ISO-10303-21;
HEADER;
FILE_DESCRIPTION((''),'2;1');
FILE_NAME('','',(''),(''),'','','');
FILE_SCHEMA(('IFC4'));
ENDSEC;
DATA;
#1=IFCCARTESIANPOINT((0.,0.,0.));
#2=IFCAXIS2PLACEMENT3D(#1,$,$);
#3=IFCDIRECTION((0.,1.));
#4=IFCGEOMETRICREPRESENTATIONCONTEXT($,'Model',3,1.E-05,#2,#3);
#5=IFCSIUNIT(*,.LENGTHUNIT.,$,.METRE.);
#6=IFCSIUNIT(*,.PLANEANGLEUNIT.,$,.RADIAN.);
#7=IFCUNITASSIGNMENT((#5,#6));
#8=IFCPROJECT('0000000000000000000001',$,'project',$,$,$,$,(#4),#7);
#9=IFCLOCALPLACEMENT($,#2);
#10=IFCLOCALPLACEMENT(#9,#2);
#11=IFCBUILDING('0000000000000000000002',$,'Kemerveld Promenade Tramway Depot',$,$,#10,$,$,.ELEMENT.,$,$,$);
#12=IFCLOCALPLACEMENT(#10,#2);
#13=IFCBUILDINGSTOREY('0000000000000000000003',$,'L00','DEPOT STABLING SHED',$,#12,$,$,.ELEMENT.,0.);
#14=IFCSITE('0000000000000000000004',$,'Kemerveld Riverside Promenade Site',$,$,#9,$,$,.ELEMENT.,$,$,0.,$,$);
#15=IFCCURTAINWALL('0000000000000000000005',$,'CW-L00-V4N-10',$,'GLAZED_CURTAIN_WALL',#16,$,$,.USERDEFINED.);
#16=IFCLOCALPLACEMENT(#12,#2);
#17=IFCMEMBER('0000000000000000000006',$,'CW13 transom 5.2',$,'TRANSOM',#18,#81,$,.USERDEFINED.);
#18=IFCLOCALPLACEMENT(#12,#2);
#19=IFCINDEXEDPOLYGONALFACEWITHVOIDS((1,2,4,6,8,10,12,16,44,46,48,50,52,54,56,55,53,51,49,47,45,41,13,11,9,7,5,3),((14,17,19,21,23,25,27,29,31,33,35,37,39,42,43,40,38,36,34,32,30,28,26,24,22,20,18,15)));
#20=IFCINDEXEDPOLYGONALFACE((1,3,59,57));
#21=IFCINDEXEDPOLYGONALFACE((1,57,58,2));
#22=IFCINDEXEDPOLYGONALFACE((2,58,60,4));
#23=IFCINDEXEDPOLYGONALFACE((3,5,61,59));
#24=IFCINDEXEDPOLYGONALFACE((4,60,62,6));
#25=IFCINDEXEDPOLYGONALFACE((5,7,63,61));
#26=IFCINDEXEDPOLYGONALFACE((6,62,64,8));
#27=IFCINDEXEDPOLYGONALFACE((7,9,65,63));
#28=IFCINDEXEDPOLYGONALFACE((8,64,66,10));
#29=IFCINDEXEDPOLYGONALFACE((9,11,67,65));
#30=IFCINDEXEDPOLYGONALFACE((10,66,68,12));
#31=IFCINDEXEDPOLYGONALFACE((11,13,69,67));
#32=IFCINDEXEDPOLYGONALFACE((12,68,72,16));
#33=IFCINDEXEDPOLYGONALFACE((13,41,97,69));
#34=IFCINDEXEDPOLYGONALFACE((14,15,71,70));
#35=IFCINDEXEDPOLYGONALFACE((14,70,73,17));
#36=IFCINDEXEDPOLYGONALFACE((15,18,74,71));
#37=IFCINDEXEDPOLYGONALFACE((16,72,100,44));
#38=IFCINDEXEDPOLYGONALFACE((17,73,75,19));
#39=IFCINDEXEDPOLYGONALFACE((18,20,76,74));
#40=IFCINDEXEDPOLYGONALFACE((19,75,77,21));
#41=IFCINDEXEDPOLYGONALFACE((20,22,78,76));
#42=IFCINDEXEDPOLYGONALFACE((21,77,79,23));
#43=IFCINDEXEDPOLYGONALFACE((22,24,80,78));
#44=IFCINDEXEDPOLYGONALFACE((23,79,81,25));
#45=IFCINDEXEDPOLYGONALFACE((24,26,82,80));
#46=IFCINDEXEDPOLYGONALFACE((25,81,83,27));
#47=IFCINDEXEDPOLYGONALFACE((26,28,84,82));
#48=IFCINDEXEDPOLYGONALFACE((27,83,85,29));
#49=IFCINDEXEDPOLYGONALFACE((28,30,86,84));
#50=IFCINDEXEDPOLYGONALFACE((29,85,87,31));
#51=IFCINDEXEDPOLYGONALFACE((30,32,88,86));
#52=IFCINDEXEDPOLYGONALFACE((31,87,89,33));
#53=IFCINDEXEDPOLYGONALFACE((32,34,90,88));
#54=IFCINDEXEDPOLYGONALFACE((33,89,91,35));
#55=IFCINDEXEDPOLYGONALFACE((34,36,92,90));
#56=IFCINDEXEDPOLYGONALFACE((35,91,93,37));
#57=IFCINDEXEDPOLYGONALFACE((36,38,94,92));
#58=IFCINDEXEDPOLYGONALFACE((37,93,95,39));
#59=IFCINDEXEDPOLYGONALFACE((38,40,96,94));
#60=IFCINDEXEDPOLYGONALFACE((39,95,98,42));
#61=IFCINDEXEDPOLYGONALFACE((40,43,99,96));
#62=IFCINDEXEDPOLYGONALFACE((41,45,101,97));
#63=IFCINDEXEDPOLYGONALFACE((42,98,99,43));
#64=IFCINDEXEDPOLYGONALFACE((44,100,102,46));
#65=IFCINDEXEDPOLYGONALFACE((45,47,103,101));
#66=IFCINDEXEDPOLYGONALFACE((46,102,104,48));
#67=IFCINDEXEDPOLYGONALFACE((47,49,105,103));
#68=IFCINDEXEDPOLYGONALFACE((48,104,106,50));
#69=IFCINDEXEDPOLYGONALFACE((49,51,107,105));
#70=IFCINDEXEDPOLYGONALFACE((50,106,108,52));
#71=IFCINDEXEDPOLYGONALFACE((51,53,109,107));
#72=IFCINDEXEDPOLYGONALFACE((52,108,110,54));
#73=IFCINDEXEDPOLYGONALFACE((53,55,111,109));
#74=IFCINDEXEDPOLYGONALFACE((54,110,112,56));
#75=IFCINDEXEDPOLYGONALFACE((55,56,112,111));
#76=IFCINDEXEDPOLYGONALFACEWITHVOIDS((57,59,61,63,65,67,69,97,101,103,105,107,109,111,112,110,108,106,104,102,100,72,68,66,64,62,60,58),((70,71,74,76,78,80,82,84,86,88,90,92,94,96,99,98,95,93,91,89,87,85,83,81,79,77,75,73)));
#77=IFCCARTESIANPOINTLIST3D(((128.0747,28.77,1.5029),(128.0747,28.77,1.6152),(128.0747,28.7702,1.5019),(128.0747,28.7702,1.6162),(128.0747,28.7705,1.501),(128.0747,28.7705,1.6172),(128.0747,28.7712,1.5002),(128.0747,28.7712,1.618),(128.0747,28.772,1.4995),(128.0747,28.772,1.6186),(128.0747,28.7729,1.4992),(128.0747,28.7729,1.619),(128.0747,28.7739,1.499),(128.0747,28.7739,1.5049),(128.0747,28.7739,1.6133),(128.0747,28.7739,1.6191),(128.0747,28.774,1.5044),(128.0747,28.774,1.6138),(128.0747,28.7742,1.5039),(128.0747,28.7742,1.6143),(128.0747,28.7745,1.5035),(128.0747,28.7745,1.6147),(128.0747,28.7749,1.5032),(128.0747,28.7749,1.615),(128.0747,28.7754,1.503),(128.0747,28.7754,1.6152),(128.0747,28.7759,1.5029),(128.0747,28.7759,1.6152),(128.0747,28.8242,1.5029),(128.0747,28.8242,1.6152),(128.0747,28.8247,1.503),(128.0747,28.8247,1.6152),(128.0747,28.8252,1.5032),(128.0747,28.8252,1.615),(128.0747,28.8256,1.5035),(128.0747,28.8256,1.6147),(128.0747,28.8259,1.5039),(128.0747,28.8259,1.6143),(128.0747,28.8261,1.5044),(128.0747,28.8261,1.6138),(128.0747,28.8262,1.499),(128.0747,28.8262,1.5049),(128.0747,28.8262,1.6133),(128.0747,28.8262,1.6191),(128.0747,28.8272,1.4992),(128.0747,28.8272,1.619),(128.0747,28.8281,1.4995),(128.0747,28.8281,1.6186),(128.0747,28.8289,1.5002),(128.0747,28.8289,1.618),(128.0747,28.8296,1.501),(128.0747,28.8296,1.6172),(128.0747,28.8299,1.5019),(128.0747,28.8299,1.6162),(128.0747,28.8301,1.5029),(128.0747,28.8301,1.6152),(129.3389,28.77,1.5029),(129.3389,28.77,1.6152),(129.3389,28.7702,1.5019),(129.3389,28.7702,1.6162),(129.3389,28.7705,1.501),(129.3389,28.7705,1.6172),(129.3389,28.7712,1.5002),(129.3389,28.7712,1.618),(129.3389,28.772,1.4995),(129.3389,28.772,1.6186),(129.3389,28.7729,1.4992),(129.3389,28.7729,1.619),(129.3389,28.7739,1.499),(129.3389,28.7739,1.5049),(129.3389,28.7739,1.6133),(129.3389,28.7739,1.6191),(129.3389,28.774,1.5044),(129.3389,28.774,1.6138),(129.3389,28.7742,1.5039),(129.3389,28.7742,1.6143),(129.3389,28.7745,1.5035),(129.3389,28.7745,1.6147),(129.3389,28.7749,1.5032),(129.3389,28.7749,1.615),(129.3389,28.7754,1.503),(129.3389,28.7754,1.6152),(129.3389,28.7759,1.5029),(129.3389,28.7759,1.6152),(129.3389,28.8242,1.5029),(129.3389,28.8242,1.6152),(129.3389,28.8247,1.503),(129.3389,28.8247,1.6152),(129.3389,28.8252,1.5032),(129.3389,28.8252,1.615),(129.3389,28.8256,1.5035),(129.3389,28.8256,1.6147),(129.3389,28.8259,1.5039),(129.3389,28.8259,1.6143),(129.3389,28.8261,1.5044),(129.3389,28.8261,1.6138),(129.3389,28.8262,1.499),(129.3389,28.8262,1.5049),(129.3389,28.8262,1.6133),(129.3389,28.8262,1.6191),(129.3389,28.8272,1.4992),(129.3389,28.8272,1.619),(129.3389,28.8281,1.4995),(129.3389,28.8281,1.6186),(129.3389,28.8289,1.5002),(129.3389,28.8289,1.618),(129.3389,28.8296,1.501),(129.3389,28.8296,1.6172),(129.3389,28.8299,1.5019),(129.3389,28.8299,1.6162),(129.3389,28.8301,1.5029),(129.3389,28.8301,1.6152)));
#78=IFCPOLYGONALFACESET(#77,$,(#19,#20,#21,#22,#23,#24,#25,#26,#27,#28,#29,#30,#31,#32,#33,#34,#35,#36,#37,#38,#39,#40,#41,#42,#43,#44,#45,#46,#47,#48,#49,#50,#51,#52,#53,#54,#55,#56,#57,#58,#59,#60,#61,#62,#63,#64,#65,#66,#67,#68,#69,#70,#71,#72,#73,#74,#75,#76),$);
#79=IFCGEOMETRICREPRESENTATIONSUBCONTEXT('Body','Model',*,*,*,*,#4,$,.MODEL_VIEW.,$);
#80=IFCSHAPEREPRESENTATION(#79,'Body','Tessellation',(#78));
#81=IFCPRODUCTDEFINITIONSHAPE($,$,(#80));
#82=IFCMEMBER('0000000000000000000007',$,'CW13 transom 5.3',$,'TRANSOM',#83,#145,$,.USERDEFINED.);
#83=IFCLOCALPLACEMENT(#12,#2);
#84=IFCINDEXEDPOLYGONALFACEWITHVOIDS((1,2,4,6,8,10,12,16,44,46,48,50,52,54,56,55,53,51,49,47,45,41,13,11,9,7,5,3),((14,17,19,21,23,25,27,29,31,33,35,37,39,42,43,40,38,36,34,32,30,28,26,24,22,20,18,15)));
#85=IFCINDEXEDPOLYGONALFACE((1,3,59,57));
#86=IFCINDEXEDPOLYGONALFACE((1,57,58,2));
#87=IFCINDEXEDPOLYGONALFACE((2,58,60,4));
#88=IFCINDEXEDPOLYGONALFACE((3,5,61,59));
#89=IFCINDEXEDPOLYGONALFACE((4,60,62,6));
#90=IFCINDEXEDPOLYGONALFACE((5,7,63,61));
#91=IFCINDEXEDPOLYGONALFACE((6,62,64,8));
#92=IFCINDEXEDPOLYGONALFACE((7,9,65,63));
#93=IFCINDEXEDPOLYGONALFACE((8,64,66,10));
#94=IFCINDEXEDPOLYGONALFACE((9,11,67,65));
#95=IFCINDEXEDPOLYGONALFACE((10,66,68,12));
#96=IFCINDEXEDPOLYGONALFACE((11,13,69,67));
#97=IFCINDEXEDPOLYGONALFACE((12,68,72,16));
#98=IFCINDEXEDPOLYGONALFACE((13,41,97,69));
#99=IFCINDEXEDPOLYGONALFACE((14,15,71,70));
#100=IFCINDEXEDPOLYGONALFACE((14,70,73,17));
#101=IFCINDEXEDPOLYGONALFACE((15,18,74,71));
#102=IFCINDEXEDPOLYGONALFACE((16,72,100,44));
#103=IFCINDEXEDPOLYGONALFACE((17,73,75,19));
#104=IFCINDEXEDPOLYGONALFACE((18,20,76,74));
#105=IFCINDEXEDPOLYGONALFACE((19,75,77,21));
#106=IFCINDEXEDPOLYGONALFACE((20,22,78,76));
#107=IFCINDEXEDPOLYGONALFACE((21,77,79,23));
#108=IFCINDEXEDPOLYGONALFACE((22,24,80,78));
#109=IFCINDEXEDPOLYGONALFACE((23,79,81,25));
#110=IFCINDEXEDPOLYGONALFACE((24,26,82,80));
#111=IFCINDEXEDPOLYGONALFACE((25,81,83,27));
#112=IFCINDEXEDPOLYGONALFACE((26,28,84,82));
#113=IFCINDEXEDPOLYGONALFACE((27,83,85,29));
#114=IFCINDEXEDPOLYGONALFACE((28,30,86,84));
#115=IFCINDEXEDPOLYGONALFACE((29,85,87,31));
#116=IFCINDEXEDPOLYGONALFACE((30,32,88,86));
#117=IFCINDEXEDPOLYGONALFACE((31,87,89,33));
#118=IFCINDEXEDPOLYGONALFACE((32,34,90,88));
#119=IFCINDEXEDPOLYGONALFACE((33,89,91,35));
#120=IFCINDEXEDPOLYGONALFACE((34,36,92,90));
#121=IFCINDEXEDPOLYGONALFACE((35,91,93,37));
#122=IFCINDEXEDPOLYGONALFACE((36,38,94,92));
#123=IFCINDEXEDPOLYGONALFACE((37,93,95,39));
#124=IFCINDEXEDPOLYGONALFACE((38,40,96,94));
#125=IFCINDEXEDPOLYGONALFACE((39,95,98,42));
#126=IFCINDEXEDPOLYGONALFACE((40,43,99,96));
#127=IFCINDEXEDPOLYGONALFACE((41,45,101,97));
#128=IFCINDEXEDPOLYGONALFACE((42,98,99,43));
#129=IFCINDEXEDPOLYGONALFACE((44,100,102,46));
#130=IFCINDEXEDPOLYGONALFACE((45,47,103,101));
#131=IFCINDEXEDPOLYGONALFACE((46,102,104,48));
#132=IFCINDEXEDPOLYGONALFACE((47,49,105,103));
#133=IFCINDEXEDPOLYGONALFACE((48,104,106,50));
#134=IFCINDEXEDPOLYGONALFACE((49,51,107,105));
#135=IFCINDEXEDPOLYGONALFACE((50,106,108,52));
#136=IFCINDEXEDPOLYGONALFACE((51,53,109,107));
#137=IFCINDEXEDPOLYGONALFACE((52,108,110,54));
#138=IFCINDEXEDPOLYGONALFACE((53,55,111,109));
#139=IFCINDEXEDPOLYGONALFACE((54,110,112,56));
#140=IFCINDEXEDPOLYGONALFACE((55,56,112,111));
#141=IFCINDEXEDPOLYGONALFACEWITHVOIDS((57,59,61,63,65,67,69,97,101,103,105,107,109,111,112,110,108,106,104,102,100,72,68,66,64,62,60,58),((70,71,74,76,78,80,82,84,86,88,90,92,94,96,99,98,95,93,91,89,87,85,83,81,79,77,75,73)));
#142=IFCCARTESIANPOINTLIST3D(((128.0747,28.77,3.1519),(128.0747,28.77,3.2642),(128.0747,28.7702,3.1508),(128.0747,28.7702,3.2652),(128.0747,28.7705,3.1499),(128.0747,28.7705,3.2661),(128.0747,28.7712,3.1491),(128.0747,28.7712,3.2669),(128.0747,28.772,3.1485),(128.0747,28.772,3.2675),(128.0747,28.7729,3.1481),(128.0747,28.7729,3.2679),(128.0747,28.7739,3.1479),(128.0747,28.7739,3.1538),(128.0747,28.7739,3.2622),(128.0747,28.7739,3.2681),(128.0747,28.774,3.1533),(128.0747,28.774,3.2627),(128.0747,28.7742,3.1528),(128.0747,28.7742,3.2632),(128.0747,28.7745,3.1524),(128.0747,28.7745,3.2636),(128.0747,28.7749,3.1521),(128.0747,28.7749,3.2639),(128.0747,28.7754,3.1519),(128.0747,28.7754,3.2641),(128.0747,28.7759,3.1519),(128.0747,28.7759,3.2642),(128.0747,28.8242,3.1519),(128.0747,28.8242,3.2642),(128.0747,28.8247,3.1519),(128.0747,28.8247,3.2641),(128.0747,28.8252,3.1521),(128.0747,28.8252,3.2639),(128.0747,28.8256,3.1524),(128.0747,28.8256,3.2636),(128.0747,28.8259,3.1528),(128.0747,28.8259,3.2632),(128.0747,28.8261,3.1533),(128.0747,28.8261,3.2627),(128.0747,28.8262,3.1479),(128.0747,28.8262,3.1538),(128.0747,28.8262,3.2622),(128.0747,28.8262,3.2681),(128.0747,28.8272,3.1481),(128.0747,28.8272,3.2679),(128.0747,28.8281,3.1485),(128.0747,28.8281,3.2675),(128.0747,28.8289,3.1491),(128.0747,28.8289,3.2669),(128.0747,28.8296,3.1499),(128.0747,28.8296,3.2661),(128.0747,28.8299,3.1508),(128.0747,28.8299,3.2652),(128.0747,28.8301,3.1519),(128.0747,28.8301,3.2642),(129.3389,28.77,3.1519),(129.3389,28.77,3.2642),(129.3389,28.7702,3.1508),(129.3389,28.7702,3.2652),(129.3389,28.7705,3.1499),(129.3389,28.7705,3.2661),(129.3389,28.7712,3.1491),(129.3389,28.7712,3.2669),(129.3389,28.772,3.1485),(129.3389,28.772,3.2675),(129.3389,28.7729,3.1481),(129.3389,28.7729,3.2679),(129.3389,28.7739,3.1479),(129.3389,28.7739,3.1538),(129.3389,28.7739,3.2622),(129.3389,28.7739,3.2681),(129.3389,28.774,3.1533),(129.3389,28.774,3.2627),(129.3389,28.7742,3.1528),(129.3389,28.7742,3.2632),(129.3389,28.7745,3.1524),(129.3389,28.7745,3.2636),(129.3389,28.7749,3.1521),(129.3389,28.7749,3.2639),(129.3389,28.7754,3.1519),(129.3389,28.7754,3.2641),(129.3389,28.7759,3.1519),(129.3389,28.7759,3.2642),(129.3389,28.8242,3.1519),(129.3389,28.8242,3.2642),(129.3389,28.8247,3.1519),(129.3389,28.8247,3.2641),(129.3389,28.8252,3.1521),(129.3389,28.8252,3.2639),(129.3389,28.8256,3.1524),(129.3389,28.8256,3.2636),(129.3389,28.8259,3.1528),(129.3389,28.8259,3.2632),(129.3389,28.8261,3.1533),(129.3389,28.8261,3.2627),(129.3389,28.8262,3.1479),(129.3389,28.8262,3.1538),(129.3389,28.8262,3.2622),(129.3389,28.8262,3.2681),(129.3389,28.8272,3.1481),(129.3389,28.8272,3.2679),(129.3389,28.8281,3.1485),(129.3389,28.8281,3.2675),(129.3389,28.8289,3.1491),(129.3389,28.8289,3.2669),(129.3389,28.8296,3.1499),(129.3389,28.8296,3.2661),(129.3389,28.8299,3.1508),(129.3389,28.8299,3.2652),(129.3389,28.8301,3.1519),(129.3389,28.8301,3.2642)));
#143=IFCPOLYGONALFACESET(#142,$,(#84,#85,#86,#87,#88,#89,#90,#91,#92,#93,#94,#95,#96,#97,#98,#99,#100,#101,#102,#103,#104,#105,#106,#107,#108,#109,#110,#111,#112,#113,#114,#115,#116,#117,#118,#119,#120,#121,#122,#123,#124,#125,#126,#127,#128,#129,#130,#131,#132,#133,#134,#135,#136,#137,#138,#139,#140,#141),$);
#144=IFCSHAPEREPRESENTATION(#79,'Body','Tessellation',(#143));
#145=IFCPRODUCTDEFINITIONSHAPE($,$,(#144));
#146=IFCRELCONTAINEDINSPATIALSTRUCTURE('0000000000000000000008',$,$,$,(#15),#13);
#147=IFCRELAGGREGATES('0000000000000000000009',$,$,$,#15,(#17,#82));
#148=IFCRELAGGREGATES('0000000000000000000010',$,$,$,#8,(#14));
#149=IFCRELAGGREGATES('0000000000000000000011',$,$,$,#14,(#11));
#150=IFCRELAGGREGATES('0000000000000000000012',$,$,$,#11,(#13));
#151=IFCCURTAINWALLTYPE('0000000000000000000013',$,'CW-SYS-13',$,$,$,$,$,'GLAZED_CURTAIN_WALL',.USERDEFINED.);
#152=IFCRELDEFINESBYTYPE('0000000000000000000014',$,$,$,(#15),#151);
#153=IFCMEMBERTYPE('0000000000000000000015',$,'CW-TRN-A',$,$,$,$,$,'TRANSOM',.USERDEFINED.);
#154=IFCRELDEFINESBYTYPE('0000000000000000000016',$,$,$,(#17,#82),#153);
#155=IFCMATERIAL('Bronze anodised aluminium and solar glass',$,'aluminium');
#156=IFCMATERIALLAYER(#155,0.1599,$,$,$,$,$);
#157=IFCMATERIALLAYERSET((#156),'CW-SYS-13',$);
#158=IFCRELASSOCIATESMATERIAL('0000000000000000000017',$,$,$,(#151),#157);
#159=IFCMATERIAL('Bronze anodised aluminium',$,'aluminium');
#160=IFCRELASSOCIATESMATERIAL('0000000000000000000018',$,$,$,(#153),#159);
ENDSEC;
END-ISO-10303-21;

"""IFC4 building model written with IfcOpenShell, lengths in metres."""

from ifc_helpers import new_model, si_unit, direction, frame, origin, origin_2d, place, context, subcontext, project, spatial, hollow_rectangle, extrude, material, layer, layer_set, material_profile, profile_set, type_object, element, aggregate, save


model = new_model("IFC4")

# Units and contexts
model_context = context("Model", 3, precision=1e-05, world=origin(), true_north=direction((0.0, 1.0)))
body_context = subcontext(model_context, "Body", "Model", "MODEL_VIEW")
ifc_project = project(units=[si_unit("LENGTHUNIT", "METRE"), si_unit("PLANEANGLEUNIT", "RADIAN")], contexts=[model_context])

# Site, building, storey
site_placement = place(None, origin())
site = spatial("IfcSite", under=ifc_project, at=site_placement, Name="Kemerveld Riverside Promenade Site", CompositionType="ELEMENT", RefElevation=0.0)
building_placement = place(site_placement, origin())
building = spatial("IfcBuilding", under=site, at=building_placement, Name="Kemerveld Promenade Tramway Depot", CompositionType="ELEMENT")
storey_placement = place(building_placement, origin())
storey = spatial("IfcBuildingStorey", under=building, at=storey_placement, Name="L00", Description="DEPOT STABLING SHED", CompositionType="ELEMENT", Elevation=0.0)

# Curtain wall, members
ifc_material_1 = material(Name="Bronze anodised aluminium and solar glass", Category="aluminium")
ifc_layer_1 = layer(ifc_material_1, 0.1599)
ifc_layer_set_1 = layer_set([ifc_layer_1], Name="CW-SYS-13")
curtain_wall_type = type_object("IfcCurtainWallType", Name="CW-SYS-13", ElementType="GLAZED_CURTAIN_WALL", PredefinedType="USERDEFINED", material=ifc_layer_set_1)
curtain_wall_placement = place(storey_placement, origin())
curtain_wall = element("IfcCurtainWall", 1, at=curtain_wall_placement, inside=storey, type_object=curtain_wall_type, Name="CW-L00-V4N-10", ObjectType="GLAZED_CURTAIN_WALL", PredefinedType="USERDEFINED")
ifc_material_2 = material(Name="Bronze anodised aluminium", Category="aluminium")
ifc_material_profile_1 = material_profile(ifc_material_2, hollow_rectangle(XDim=0.0601, YDim=0.1201, WallThickness=0.0039, InnerFilletRadius=0.002, OuterFilletRadius=0.0039, at=origin_2d()), Name="CW-TRN-120x60")
ifc_profile_set_1 = profile_set([ifc_material_profile_1], Name="Bronze anodised aluminium")
member_type_1 = type_object("IfcMemberType", Name="CW-TRN-A", ElementType="TRANSOM", PredefinedType="USERDEFINED", material=ifc_profile_set_1)
member_1_placement = place(storey_placement, frame((128.0747, 28.8, 1.5591), z_axis=(1.0, 0.0, 0.0), x_axis=(0.0, 1.0, 0.0)))
member_1 = element("IfcMember", 2, at=member_1_placement, type_object=member_type_1, Name="CW13 transom 5.2", ObjectType="TRANSOM", PredefinedType="USERDEFINED", context=body_context, shape_type="SweptSolid", body=[
    extrude(hollow_rectangle(XDim=0.0601, YDim=0.1201, WallThickness=0.0039, InnerFilletRadius=0.002, OuterFilletRadius=0.0039, at=origin_2d()), origin(), (0.0, 0.0, 1.0), 1.2642),
])
member_2_placement = place(storey_placement, frame((128.0747, 28.8, 3.208), z_axis=(1.0, 0.0, 0.0), x_axis=(0.0, 1.0, 0.0)))
member_2 = element("IfcMember", 3, at=member_2_placement, type_object=member_type_1, Name="CW13 transom 5.3", ObjectType="TRANSOM", PredefinedType="USERDEFINED", context=body_context, shape_type="SweptSolid", body=[
    extrude(hollow_rectangle(XDim=0.0601, YDim=0.1201, WallThickness=0.0039, InnerFilletRadius=0.002, OuterFilletRadius=0.0039, at=origin_2d()), origin(), (0.0, 0.0, 1.0), 1.2642),
])
aggregate(curtain_wall, [member_1, member_2])

save(model, "model.ifc")
